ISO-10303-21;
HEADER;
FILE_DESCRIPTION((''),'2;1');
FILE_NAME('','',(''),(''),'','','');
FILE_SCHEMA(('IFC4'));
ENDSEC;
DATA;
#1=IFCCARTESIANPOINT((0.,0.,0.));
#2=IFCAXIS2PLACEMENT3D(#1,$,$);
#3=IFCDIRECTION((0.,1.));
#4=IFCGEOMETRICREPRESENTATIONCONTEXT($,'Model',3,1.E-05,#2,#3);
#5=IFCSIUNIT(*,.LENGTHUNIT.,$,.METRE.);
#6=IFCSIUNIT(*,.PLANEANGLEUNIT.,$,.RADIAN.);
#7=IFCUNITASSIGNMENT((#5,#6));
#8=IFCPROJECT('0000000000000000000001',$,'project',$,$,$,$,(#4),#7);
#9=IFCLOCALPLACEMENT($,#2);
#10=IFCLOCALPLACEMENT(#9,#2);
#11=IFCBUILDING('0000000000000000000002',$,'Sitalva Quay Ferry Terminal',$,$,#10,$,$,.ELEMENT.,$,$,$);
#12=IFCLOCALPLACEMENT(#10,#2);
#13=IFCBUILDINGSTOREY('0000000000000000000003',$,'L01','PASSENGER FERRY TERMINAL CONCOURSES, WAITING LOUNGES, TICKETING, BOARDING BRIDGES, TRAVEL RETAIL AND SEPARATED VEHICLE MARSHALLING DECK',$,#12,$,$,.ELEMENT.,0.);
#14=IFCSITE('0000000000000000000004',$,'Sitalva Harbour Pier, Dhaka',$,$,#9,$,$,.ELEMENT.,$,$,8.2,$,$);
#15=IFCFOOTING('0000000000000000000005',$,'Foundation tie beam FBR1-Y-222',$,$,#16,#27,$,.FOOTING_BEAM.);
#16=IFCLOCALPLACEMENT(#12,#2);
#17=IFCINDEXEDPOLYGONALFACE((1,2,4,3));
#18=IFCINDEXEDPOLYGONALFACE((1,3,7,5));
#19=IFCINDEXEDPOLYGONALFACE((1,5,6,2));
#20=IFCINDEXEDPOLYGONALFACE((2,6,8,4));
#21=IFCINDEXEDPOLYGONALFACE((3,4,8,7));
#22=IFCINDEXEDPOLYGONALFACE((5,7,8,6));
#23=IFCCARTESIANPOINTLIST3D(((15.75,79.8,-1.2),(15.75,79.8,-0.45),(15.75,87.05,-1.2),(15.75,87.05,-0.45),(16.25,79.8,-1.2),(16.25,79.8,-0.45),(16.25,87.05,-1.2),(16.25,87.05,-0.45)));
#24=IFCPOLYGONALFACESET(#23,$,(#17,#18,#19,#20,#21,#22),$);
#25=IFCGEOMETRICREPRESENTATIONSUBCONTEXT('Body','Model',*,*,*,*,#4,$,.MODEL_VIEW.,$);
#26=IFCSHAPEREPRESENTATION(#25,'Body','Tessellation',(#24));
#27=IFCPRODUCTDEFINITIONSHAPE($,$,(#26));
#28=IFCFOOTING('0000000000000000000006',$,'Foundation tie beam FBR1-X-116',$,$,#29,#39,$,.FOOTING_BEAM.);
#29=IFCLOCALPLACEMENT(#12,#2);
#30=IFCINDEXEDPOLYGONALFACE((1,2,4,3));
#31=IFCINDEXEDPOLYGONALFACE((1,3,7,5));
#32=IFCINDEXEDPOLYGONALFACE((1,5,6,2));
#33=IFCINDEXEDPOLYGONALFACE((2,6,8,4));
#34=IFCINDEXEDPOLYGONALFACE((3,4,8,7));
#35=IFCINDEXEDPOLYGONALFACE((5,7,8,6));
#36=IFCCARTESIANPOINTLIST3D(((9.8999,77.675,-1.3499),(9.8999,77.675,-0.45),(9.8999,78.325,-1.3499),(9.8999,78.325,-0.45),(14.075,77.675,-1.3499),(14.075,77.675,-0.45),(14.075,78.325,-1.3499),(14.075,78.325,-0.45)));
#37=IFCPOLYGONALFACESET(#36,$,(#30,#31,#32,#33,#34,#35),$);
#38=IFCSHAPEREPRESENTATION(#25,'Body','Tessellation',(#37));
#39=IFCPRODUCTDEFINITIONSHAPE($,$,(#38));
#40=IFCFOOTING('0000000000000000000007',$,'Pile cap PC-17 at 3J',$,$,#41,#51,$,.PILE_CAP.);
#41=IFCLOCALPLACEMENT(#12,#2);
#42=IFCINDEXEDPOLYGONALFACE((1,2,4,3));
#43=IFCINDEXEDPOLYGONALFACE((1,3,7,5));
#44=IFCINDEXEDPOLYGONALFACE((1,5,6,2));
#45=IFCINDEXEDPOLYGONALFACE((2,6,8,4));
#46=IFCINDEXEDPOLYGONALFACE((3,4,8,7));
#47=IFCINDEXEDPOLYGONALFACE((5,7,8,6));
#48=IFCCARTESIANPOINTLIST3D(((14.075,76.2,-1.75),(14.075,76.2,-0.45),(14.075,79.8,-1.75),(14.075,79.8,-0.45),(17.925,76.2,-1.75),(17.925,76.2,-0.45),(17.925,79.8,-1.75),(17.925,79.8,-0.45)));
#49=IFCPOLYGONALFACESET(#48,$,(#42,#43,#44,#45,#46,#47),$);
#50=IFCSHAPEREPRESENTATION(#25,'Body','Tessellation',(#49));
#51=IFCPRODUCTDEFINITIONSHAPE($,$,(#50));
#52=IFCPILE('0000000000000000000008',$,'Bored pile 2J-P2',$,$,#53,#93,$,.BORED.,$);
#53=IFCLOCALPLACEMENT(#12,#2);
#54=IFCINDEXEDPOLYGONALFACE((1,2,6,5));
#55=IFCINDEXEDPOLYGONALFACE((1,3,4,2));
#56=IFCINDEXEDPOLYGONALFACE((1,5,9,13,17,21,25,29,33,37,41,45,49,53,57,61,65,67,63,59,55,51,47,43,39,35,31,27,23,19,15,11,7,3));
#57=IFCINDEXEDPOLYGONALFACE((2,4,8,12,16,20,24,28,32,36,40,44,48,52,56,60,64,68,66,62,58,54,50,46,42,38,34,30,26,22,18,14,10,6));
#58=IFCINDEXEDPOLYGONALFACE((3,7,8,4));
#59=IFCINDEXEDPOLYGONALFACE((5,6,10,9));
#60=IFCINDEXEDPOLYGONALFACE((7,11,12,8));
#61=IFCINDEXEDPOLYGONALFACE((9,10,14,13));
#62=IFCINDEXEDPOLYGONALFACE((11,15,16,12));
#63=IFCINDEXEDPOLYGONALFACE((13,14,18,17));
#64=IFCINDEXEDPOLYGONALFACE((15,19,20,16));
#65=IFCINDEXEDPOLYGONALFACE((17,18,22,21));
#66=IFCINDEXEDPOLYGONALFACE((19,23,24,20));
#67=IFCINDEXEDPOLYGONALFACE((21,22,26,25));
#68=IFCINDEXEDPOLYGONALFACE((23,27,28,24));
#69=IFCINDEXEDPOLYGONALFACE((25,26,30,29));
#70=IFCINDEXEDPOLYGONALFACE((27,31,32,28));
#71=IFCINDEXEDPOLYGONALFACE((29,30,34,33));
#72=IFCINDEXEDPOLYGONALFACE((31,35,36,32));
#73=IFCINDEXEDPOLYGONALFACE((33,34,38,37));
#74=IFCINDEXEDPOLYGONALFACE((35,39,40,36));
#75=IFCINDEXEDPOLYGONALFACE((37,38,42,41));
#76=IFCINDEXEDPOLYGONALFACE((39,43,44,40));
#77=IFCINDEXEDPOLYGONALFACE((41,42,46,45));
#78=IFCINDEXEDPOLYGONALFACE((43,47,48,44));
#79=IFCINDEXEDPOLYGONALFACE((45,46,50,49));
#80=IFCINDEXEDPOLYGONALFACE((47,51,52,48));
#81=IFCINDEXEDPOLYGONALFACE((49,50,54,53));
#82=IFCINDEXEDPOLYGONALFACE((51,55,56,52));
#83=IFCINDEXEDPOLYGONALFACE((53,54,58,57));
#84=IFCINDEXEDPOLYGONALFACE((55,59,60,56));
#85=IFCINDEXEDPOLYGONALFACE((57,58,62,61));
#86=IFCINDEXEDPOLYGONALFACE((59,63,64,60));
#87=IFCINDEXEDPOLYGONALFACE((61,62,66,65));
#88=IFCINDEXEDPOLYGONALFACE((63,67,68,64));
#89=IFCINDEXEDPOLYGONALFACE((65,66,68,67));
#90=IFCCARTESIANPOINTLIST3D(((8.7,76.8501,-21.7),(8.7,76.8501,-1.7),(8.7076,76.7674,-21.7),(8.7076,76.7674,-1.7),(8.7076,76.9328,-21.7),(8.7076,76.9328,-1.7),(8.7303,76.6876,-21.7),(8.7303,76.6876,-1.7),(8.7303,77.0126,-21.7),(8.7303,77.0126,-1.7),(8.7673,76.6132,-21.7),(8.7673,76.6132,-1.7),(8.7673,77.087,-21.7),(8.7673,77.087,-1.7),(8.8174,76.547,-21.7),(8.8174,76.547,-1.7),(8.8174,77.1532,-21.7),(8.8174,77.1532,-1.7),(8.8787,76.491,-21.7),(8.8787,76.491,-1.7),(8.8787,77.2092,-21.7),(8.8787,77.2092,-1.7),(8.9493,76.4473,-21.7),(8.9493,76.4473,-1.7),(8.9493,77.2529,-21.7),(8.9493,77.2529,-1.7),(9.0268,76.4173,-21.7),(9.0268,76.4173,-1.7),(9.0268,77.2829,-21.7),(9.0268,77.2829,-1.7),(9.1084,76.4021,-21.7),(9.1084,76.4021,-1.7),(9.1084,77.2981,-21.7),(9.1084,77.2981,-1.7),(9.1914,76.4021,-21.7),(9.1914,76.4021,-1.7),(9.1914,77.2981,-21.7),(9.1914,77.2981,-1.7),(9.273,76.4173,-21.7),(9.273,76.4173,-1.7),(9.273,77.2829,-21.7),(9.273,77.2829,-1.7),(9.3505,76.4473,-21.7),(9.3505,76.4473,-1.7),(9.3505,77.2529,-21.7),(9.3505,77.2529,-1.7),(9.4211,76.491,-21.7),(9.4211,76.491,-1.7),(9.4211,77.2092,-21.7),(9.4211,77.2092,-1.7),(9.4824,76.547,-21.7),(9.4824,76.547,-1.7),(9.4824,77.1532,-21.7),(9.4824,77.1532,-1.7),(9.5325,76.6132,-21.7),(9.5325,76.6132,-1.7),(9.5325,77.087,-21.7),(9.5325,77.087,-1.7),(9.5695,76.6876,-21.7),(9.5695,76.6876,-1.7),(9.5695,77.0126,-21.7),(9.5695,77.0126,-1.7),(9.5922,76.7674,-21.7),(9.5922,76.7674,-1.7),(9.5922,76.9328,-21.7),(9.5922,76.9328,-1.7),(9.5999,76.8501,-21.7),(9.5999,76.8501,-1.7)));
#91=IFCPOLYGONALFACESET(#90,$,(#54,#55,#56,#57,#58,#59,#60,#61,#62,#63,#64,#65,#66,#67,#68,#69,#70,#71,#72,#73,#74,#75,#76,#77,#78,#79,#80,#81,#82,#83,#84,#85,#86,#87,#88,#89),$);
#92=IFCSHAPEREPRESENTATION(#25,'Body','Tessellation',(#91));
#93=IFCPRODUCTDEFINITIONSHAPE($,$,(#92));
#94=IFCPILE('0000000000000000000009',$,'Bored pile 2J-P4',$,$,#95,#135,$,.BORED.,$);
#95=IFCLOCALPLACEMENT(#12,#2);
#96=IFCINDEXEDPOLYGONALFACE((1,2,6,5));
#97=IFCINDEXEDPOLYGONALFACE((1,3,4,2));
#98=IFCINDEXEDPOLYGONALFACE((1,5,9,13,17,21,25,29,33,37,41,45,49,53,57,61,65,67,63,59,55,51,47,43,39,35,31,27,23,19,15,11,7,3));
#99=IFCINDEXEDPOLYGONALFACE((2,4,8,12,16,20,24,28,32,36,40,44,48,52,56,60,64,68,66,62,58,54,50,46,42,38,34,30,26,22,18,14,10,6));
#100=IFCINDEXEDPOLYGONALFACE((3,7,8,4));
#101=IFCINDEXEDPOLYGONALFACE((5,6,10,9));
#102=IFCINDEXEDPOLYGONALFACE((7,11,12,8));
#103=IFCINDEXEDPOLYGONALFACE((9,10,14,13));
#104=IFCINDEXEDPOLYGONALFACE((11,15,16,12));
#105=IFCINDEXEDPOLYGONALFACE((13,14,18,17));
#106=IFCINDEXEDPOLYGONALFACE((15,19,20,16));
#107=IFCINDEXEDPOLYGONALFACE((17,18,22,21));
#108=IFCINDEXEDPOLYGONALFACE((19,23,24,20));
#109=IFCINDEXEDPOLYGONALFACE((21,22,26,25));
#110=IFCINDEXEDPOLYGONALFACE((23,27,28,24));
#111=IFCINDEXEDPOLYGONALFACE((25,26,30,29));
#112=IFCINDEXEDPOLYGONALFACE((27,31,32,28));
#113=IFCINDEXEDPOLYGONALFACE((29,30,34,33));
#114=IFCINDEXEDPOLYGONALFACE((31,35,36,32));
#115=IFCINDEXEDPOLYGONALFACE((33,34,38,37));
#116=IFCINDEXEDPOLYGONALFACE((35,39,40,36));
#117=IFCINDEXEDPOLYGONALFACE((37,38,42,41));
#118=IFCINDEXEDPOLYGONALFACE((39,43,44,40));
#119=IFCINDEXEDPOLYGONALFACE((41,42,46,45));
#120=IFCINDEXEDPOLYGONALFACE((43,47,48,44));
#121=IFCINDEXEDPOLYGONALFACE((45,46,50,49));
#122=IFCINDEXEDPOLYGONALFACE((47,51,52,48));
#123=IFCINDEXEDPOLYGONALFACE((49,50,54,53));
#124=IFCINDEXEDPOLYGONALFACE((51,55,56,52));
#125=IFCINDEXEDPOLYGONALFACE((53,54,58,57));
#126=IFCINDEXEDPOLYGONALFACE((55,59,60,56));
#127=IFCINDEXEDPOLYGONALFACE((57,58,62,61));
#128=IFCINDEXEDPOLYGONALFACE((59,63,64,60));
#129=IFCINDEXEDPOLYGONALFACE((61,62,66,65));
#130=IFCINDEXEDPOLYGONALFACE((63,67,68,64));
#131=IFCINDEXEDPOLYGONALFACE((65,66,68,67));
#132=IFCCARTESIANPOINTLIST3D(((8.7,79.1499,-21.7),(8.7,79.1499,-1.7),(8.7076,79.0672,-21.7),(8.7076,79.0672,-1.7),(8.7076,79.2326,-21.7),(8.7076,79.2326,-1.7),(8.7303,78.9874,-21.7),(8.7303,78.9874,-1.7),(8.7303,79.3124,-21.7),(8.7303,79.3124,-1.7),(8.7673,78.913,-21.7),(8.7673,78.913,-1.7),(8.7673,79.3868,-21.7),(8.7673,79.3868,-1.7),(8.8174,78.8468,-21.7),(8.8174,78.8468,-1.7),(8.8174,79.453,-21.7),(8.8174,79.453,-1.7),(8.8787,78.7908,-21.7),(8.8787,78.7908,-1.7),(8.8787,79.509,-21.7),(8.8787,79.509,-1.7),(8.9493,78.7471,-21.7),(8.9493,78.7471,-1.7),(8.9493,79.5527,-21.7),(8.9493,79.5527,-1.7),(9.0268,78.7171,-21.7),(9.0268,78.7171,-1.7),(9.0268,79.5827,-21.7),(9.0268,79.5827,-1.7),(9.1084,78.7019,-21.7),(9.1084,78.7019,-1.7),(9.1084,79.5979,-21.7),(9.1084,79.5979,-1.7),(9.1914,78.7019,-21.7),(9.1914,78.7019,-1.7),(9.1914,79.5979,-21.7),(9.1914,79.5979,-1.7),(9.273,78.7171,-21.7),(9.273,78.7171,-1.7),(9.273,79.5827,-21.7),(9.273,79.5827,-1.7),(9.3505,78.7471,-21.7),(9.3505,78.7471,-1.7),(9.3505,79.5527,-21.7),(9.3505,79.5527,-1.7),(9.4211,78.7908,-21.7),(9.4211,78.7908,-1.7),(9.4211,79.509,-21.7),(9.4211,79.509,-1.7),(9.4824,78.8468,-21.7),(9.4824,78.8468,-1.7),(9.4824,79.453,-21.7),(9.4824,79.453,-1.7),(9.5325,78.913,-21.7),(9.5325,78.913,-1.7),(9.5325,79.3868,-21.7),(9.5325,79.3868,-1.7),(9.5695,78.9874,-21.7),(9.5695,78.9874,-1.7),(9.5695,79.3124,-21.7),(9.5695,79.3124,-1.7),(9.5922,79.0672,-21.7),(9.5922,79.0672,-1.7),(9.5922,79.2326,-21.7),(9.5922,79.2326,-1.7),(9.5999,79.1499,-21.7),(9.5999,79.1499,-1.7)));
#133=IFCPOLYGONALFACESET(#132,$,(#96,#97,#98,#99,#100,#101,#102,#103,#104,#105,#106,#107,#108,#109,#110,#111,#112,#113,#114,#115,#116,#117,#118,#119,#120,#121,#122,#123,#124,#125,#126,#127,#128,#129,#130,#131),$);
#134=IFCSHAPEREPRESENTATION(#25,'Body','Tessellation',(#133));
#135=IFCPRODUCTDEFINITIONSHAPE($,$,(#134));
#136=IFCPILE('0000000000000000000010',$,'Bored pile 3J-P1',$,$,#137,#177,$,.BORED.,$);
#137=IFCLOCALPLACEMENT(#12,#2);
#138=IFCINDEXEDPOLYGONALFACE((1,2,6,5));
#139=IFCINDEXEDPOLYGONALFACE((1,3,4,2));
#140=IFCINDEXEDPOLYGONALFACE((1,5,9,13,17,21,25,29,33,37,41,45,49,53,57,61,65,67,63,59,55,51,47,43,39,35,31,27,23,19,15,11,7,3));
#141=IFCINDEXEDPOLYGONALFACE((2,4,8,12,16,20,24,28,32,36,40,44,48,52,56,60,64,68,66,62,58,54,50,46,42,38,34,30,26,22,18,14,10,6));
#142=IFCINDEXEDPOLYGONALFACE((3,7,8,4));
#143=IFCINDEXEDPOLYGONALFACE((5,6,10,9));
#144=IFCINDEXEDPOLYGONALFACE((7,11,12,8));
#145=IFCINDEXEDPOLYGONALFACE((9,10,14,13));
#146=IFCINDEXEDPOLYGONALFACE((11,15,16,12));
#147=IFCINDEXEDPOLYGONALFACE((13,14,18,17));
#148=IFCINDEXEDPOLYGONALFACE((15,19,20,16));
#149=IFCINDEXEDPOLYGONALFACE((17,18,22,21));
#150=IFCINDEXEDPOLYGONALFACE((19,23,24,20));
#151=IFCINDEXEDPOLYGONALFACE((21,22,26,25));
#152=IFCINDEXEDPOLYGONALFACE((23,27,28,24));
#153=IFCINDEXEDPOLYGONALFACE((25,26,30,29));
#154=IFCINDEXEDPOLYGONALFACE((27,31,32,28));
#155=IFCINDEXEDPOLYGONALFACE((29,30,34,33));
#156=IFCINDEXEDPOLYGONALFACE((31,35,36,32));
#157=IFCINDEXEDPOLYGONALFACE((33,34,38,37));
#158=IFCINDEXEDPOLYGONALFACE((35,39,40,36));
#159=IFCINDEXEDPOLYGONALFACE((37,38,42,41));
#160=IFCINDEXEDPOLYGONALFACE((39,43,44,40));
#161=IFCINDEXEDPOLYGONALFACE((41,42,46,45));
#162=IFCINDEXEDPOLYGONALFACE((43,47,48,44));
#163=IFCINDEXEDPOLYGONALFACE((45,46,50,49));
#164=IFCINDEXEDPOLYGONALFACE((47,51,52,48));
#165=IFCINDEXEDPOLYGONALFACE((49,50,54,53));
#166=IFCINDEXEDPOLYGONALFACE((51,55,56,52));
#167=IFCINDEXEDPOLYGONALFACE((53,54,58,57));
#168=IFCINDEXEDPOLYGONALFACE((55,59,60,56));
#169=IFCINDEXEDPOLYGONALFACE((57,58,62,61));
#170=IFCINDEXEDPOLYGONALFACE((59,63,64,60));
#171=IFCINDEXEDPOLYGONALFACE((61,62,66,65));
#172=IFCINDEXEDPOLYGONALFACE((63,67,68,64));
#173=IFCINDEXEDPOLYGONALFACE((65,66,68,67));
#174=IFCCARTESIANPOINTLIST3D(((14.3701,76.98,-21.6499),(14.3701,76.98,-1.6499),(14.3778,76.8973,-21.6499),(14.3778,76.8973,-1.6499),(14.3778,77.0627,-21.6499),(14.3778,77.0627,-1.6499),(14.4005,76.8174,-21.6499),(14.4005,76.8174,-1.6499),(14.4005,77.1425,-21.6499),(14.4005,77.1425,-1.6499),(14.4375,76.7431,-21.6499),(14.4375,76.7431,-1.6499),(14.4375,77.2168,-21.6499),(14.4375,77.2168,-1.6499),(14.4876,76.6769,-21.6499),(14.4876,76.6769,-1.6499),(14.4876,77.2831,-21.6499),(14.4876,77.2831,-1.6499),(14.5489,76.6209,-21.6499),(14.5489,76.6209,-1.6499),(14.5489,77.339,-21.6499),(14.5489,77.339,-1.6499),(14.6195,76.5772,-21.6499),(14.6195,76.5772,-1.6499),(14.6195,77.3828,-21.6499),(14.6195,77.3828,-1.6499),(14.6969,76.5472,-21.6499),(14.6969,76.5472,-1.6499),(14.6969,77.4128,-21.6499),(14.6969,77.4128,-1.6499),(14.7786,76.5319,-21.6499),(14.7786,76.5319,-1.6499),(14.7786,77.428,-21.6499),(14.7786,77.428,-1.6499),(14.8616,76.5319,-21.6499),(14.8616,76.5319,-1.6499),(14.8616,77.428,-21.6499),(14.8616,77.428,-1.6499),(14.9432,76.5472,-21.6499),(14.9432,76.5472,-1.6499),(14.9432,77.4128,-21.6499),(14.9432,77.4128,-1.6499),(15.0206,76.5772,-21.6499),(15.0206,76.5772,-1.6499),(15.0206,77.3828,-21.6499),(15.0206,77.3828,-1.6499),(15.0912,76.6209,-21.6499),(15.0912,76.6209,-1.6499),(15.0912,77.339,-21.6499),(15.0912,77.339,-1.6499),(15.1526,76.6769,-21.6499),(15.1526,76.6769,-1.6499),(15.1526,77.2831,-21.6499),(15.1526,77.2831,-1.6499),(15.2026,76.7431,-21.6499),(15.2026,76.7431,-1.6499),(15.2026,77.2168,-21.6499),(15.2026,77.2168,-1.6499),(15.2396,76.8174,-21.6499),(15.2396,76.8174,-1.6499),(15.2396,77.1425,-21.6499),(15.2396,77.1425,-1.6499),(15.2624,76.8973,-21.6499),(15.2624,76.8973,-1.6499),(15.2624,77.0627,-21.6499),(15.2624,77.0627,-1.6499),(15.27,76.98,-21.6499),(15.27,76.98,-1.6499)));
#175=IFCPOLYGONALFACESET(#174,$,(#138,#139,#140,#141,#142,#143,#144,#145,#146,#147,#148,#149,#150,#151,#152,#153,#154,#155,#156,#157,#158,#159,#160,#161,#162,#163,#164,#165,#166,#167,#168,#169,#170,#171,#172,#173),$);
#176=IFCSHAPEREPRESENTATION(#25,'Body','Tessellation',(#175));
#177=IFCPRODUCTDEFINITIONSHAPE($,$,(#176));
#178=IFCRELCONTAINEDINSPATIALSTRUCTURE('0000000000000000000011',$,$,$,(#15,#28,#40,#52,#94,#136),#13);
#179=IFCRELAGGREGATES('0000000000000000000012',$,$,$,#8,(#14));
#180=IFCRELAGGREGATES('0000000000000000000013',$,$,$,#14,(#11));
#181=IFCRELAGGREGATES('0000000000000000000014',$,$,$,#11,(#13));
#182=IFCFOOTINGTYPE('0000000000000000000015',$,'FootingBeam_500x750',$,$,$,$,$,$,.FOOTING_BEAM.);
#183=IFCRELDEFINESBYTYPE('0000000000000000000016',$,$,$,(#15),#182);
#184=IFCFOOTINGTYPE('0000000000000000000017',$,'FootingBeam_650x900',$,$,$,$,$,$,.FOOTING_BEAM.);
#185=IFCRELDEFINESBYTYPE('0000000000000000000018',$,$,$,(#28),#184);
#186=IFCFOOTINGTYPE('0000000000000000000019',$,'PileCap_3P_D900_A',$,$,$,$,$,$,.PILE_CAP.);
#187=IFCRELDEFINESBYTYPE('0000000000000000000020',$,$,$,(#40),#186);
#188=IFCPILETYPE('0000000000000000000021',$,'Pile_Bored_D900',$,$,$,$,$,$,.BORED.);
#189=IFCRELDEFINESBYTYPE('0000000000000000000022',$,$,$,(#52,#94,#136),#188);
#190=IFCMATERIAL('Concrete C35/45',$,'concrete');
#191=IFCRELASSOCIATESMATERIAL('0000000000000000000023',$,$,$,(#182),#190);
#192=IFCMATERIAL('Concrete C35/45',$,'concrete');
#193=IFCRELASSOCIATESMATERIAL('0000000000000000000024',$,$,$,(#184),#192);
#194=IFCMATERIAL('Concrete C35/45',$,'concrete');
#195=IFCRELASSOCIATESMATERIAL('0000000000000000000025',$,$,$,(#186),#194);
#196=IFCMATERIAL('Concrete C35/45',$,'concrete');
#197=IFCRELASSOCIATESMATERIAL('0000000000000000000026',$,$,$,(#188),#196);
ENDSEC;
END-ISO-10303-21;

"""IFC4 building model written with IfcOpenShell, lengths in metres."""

from ifc_helpers import new_model, si_unit, direction, frame, origin, origin_2d, place, context, subcontext, project, spatial, rectangle, circle, extrude, material, material_profile, profile_set, type_object, element, save


model = new_model("IFC4")

# Units and contexts
model_context = context("Model", 3, precision=1e-05, world=origin(), true_north=direction((0.0, 1.0)))
body_context = subcontext(model_context, "Body", "Model", "MODEL_VIEW")
ifc_project = project(units=[si_unit("LENGTHUNIT", "METRE"), si_unit("PLANEANGLEUNIT", "RADIAN")], contexts=[model_context])

# Site, building, storey
site_placement = place(None, origin())
site = spatial("IfcSite", under=ifc_project, at=site_placement, Name="Sitalva Harbour Pier, Dhaka", CompositionType="ELEMENT", RefElevation=8.2)
building_placement = place(site_placement, origin())
building = spatial("IfcBuilding", under=site, at=building_placement, Name="Sitalva Quay Ferry Terminal", CompositionType="ELEMENT")
storey_placement = place(building_placement, origin())
storey = spatial("IfcBuildingStorey", under=building, at=storey_placement, Name="L01", Description="PASSENGER FERRY TERMINAL CONCOURSES, WAITING LOUNGES, TICKETING, BOARDING BRIDGES, TRAVEL RETAIL AND SEPARATED VEHICLE MARSHALLING DECK", CompositionType="ELEMENT", Elevation=0.0)

# Footings
ifc_material_1 = material(Name="Concrete C35/45", Category="concrete")
ifc_material_profile_1 = material_profile(ifc_material_1, rectangle(XDim=0.5, YDim=0.75, at=origin_2d()), Name="RC500x750")
ifc_profile_set_1 = profile_set([ifc_material_profile_1], Name="Concrete C35/45")
footing_type_1 = type_object("IfcFootingType", Name="FootingBeam_500x750", PredefinedType="FOOTING_BEAM", material=ifc_profile_set_1)
footing_1_placement = place(storey_placement, frame((16.0, 79.8, -0.825), z_axis=(0.0, 1.0, 0.0), x_axis=(-1.0, 0.0, 0.0)))
element("IfcFooting", 1, at=footing_1_placement, inside=storey, type_object=footing_type_1, Name="Foundation tie beam FBR1-Y-222", PredefinedType="FOOTING_BEAM", context=body_context, shape_type="SweptSolid", body=[
    extrude(rectangle(XDim=0.5, YDim=0.75, at=origin_2d()), origin(), (0.0, 0.0, 1.0), 7.25),
])
ifc_material_2 = material(Name="Concrete C35/45", Category="concrete")
ifc_material_profile_2 = material_profile(ifc_material_2, rectangle(XDim=0.6499, YDim=0.8999, at=origin_2d()), Name="RC650x900")
ifc_profile_set_2 = profile_set([ifc_material_profile_2], Name="Concrete C35/45")
footing_type_2 = type_object("IfcFootingType", Name="FootingBeam_650x900", PredefinedType="FOOTING_BEAM", material=ifc_profile_set_2)
footing_2_placement = place(storey_placement, frame((9.8999, 78.0, -0.8999), z_axis=(1.0, 0.0, 0.0), x_axis=(0.0, 1.0, 0.0)))
element("IfcFooting", 2, at=footing_2_placement, inside=storey, type_object=footing_type_2, Name="Foundation tie beam FBR1-X-116", PredefinedType="FOOTING_BEAM", context=body_context, shape_type="SweptSolid", body=[
    extrude(rectangle(XDim=0.6499, YDim=0.8999, at=origin_2d()), origin(), (0.0, 0.0, 1.0), 4.175),
])
ifc_material_3 = material(Name="Concrete C35/45", Category="concrete")
footing_type_3 = type_object("IfcFootingType", Name="PileCap_3P_D900_A", PredefinedType="PILE_CAP", material=ifc_material_3)
footing_3_placement = place(storey_placement, frame((16.0, 78.0, -1.75), z_axis=(0.0, 0.0, 1.0), x_axis=(1.0, 0.0, 0.0)))
element("IfcFooting", 3, at=footing_3_placement, inside=storey, type_object=footing_type_3, Name="Pile cap PC-17 at 3J", PredefinedType="PILE_CAP", context=body_context, shape_type="SweptSolid", body=[
    extrude(rectangle(XDim=3.8501, YDim=3.6001, at=origin_2d()), origin(), (0.0, 0.0, 1.0), 1.3),
])

# Piles
ifc_material_4 = material(Name="Concrete C35/45", Category="concrete")
ifc_material_profile_3 = material_profile(ifc_material_4, circle(Radius=0.45, at=origin_2d()), Name="PILE-D900")
ifc_profile_set_3 = profile_set([ifc_material_profile_3], Name="Concrete C35/45")
pile_type = type_object("IfcPileType", Name="Pile_Bored_D900", PredefinedType="BORED", material=ifc_profile_set_3)
for number, where, z_axis, x_axis, name in (
    (4, (9.1499, 76.8501, -1.7), (0.0, 0.0, -1.0), (1.0, 0.0, 0.0), "Bored pile 2J-P2"),
    (5, (9.1499, 79.1499, -1.7), (0.0, 0.0, -1.0), (1.0, 0.0, 0.0), "Bored pile 2J-P4"),
    (6, (14.8201, 76.98, -1.6499), (0.0, 0.0, -1.0), (1.0, 0.0, 0.0), "Bored pile 3J-P1"),
):
    element("IfcPile", number, at=place(storey_placement, frame(where, z_axis=z_axis, x_axis=x_axis)), inside=storey, type_object=pile_type, Name=name, PredefinedType="BORED", context=body_context, shape_type="SweptSolid", body=[
        extrude(circle(Radius=0.45, at=origin_2d()), origin(), (0.0, 0.0, 1.0), 20.0),
    ])

save(model, "model.ifc")
